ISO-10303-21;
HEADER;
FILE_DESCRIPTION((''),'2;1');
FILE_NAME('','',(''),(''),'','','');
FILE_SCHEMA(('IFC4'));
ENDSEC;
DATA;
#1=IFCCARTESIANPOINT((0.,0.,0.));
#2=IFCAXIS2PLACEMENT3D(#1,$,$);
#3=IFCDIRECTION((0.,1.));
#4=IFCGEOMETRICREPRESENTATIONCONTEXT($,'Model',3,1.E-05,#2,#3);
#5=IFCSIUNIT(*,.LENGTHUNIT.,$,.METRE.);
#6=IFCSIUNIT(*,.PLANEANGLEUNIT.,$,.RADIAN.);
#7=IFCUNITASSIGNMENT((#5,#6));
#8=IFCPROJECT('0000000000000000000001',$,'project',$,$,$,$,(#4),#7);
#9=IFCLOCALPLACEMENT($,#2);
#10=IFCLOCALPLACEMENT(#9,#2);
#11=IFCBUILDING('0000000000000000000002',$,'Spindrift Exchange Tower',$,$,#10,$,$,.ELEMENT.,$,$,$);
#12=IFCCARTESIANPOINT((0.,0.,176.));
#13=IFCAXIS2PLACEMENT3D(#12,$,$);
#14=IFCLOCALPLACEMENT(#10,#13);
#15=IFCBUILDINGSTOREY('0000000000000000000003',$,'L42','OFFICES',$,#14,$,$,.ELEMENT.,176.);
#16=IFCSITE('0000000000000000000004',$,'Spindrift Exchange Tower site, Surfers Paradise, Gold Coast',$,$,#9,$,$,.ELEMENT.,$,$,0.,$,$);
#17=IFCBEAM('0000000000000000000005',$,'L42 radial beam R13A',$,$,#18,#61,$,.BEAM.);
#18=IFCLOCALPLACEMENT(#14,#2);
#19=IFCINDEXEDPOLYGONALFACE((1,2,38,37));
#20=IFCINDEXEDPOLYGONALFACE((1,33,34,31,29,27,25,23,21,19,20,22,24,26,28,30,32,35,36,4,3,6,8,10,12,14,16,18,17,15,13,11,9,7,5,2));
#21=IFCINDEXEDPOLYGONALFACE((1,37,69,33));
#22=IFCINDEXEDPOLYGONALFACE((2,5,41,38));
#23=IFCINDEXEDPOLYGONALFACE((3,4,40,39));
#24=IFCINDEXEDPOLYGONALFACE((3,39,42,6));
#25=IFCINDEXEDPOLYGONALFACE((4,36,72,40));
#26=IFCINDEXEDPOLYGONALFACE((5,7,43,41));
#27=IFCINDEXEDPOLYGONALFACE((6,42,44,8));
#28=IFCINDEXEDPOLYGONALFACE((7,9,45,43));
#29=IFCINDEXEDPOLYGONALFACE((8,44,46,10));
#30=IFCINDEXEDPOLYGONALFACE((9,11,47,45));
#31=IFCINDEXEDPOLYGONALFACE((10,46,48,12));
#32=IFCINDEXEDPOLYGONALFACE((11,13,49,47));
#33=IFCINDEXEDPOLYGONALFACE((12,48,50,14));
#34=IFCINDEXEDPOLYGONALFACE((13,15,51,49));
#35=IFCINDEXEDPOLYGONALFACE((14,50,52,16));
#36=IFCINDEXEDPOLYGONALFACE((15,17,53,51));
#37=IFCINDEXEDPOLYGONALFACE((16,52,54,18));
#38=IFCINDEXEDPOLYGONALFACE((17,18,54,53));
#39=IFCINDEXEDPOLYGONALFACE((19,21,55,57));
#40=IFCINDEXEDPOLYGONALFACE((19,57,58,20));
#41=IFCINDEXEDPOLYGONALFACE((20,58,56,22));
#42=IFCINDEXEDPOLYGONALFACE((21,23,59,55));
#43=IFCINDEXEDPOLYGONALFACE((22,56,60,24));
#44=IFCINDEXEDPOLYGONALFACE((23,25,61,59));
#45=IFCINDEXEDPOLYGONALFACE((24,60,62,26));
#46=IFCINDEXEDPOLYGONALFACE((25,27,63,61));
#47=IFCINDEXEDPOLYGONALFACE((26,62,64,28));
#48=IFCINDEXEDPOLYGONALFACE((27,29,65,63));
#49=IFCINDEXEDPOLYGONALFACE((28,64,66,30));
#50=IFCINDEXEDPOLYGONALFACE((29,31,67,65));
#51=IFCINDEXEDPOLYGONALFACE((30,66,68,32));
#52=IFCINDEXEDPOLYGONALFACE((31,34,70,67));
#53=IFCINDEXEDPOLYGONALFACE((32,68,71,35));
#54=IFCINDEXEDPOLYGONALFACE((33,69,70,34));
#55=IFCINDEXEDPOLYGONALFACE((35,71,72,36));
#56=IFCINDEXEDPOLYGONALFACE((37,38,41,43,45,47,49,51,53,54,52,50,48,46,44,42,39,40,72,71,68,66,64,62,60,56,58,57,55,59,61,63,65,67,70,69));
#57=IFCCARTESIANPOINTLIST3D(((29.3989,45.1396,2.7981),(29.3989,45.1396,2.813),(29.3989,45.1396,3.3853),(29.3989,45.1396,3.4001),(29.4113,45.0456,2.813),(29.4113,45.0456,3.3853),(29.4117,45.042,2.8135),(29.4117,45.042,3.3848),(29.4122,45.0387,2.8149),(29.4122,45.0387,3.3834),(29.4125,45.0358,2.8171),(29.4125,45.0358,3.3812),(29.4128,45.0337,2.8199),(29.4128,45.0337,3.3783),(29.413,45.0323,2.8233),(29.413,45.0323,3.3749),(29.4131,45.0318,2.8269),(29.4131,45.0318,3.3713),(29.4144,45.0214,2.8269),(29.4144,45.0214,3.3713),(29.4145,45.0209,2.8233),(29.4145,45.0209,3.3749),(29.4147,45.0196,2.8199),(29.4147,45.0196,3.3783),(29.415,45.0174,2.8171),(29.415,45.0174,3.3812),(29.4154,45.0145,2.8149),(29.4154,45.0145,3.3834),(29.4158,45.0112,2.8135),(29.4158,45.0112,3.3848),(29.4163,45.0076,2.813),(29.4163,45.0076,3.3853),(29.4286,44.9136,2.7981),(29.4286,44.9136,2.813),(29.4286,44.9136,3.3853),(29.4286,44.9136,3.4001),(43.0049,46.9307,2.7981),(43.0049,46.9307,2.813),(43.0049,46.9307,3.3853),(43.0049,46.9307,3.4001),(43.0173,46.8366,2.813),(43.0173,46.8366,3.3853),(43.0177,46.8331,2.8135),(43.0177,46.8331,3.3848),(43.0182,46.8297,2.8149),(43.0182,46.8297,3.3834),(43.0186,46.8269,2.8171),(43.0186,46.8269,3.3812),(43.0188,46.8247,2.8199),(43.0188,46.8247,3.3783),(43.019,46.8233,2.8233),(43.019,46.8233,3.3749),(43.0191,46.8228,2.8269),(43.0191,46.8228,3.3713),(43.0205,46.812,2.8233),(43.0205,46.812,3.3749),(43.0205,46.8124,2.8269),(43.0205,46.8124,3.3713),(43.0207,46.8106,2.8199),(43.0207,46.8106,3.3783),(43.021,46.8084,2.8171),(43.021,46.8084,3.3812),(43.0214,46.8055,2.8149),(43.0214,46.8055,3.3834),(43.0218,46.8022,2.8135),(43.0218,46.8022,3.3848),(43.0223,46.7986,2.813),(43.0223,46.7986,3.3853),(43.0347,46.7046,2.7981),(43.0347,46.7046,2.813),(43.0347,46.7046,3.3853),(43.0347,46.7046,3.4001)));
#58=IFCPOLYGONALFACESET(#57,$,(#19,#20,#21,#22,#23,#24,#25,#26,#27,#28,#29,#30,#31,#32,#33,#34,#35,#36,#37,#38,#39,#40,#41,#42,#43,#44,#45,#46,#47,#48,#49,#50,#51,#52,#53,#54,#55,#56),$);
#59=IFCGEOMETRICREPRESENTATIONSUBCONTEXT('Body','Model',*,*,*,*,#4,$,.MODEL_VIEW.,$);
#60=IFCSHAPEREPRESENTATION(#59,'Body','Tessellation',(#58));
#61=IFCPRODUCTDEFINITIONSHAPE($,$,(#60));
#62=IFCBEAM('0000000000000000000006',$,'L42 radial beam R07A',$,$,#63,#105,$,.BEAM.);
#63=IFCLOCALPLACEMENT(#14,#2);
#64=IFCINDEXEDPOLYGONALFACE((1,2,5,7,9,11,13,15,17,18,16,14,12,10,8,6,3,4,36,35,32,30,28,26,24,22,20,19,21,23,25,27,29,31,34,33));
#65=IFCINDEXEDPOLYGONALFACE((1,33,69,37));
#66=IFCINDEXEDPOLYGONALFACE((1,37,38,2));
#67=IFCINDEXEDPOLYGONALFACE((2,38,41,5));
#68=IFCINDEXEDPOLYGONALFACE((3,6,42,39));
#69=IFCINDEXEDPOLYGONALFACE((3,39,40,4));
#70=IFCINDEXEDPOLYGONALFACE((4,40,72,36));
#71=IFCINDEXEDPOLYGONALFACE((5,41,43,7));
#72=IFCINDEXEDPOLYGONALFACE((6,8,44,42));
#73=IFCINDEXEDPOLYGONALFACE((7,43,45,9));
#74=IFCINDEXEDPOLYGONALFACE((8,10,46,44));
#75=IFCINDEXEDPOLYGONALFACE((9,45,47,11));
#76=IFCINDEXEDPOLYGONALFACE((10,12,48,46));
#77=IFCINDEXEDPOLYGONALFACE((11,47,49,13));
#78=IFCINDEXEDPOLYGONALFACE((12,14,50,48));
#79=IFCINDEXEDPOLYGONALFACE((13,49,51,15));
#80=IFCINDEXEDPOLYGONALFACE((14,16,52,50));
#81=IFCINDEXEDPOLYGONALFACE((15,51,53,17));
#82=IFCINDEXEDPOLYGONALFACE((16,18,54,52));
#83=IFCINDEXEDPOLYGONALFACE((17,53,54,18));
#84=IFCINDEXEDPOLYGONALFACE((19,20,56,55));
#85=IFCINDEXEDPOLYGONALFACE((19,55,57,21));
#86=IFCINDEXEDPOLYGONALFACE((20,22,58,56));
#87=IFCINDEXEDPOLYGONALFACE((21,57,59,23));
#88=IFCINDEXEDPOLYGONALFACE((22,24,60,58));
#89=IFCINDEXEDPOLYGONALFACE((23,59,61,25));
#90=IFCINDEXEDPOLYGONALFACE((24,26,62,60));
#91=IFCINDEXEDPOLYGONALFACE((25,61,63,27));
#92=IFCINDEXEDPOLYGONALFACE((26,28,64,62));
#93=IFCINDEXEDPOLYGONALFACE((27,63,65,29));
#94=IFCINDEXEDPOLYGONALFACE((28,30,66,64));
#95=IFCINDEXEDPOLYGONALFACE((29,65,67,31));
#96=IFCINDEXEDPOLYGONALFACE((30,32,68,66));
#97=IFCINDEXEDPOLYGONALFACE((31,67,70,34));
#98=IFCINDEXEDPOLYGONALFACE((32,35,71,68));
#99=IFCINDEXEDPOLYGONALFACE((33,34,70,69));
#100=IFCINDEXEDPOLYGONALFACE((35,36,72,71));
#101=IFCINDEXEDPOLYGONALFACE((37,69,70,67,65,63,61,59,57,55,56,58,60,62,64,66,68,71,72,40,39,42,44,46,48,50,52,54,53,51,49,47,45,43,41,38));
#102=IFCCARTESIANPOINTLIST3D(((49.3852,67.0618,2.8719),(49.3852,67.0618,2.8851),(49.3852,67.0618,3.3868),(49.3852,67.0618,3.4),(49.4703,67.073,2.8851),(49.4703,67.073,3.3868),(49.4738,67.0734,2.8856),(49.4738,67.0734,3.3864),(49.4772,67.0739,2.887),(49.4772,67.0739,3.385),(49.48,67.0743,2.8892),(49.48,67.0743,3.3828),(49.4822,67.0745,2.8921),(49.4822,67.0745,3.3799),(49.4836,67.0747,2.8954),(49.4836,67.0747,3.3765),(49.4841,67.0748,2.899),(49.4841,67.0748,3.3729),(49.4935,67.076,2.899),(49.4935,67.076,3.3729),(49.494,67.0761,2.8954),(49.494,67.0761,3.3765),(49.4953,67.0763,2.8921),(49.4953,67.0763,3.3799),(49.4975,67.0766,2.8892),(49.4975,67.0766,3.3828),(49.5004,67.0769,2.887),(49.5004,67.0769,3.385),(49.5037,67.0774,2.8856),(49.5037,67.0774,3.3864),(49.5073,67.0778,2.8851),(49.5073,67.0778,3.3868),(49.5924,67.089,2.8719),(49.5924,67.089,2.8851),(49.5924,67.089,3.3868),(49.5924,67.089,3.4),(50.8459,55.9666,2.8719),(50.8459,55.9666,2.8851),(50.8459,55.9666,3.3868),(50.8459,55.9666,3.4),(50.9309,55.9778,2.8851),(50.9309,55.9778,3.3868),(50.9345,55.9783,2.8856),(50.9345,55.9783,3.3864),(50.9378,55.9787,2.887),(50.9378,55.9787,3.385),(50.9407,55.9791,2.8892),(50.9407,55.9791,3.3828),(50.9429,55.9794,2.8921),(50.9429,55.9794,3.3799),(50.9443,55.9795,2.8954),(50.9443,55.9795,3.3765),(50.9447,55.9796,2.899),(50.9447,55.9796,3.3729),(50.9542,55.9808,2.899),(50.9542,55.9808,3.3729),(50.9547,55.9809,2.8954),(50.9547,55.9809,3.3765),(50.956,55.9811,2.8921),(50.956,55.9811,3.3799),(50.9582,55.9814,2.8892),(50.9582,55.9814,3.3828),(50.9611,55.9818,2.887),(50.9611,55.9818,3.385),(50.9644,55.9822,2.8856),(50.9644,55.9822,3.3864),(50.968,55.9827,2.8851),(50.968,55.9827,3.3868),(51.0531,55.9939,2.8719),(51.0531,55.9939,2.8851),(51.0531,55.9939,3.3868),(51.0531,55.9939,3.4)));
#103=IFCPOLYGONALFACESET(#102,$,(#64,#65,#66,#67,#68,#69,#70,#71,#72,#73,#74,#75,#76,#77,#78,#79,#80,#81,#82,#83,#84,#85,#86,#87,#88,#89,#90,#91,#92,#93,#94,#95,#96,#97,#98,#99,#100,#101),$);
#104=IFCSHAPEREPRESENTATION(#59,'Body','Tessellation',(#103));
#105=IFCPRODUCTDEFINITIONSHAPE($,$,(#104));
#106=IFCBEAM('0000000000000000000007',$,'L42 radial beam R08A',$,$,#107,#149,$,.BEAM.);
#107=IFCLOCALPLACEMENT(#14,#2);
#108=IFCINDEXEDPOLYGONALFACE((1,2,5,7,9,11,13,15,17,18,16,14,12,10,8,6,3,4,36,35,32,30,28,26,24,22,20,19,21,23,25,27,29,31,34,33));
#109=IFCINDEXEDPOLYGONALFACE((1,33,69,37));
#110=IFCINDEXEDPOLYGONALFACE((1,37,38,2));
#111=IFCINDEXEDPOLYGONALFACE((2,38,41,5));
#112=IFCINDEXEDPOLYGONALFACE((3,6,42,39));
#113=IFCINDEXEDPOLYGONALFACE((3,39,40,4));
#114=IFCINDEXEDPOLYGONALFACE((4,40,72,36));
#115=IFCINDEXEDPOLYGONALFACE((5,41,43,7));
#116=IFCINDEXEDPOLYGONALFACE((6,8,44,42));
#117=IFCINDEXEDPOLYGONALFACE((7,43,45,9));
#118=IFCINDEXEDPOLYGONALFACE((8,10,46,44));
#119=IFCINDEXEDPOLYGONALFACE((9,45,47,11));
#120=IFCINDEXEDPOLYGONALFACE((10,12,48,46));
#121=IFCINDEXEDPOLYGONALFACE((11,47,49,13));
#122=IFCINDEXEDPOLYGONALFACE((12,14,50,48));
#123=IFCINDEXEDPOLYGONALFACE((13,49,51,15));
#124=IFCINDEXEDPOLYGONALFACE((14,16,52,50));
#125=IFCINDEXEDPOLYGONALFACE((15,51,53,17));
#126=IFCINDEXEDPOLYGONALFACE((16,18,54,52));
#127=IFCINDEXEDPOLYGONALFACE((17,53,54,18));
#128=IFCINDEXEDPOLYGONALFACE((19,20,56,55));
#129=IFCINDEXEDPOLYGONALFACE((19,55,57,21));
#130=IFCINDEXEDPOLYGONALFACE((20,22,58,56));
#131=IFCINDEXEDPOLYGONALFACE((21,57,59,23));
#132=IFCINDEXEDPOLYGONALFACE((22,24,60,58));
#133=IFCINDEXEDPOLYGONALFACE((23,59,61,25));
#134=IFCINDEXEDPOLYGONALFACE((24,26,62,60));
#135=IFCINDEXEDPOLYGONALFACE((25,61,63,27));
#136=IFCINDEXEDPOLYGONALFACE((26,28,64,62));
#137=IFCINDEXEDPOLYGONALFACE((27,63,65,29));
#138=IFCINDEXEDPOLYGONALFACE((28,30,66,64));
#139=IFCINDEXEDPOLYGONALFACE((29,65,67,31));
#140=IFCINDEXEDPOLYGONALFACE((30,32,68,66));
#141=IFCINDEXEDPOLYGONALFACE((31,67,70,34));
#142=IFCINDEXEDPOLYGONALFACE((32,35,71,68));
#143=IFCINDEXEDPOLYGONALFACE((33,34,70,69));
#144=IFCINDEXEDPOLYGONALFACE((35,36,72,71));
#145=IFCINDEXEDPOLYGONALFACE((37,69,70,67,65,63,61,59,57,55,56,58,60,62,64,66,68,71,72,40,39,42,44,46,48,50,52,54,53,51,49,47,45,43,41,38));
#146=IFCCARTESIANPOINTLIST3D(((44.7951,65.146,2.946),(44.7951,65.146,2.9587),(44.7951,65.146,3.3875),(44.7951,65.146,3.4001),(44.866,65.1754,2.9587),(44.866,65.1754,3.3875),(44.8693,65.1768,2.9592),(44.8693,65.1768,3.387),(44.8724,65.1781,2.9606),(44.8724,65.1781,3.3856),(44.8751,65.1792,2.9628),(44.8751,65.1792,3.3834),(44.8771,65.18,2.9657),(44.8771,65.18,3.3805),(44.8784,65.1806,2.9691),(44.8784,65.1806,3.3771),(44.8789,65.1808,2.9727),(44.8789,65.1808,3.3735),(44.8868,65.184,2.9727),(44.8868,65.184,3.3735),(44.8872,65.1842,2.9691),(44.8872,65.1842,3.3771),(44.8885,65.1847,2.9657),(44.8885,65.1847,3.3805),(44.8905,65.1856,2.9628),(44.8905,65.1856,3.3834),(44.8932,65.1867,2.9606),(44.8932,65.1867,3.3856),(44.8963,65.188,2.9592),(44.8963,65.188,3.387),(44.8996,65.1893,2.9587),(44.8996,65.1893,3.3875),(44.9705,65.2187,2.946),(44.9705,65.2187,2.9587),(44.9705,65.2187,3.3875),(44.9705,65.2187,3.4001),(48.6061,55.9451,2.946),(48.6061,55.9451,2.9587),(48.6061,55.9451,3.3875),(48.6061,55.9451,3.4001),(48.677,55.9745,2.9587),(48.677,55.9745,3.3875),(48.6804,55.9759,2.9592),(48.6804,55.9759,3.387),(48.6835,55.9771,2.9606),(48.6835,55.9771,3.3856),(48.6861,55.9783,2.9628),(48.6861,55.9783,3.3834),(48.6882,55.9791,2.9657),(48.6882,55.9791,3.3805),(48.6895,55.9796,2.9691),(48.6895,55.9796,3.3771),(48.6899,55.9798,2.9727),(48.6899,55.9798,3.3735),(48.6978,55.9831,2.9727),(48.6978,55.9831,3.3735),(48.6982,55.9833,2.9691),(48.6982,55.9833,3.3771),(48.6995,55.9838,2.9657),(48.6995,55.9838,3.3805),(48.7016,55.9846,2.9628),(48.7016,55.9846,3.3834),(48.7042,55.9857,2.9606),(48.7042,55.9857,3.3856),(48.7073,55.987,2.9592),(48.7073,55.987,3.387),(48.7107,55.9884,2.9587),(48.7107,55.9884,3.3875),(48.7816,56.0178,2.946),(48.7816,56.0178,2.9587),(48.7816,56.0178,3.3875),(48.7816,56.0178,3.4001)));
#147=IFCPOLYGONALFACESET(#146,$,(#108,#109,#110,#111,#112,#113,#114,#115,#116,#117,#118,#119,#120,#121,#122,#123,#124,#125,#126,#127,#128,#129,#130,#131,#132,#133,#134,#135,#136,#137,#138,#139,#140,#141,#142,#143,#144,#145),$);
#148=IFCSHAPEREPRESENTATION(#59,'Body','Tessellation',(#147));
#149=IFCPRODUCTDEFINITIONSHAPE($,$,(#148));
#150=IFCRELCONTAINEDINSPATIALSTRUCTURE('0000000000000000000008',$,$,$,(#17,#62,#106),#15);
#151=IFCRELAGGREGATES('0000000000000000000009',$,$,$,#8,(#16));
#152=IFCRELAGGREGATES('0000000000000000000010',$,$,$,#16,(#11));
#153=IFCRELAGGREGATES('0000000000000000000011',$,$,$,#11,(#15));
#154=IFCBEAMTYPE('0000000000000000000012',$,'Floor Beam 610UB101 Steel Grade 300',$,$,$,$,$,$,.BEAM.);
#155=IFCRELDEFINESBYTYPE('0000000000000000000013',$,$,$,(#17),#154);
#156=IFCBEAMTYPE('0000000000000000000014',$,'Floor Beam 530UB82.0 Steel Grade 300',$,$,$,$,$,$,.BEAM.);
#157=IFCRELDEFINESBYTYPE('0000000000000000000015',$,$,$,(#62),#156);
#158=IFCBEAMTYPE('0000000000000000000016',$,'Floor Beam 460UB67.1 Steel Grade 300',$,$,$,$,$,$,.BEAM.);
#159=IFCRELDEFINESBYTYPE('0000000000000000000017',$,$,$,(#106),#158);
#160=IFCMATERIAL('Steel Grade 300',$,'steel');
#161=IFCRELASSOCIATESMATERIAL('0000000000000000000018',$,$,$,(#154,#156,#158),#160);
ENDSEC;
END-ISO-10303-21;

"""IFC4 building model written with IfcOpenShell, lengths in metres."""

from ifc_helpers import new_model, si_unit, direction, frame, origin, origin_2d, place, context, subcontext, project, spatial, i_section, extrude, source, transform, mapped, material, material_profile, profile_set, type_object, element, save


model = new_model("IFC4")

# Units and contexts
model_context = context("Model", 3, precision=1e-05, world=origin(), true_north=direction((0.0, 1.0)))
body_context = subcontext(model_context, "Body", "Model", "MODEL_VIEW")
ifc_project = project(units=[si_unit("LENGTHUNIT", "METRE"), si_unit("PLANEANGLEUNIT", "RADIAN")], contexts=[model_context])

# Site, building, storey
site_placement = place(None, origin())
site = spatial("IfcSite", under=ifc_project, at=site_placement, Name="Spindrift Exchange Tower site, Surfers Paradise, Gold Coast", CompositionType="ELEMENT", RefElevation=0.0)
building_placement = place(site_placement, origin())
building = spatial("IfcBuilding", under=site, at=building_placement, Name="Spindrift Exchange Tower", CompositionType="ELEMENT")
storey_placement = place(building_placement, frame((0.0, 0.0, 176.0)))
storey = spatial("IfcBuildingStorey", under=building, at=storey_placement, Name="L42", Description="OFFICES", CompositionType="ELEMENT", Elevation=176.0)

# Beams
ifc_material_1 = material(Name="Steel Grade 300", Category="steel")
ifc_material_profile_1 = material_profile(ifc_material_1, i_section(OverallWidth=0.228, OverallDepth=0.6021, WebThickness=0.0105, FlangeThickness=0.0149, FilletRadius=0.0139, at=origin_2d()), Name="610UB101")
ifc_profile_set_1 = profile_set([ifc_material_profile_1], Name="Steel Grade 300")
beam_type_1 = type_object("IfcBeamType", Name="Floor Beam 610UB101 Steel Grade 300", PredefinedType="BEAM", material=ifc_profile_set_1)
shared_shape_1 = source(origin(), body_context, "Body", "SweptSolid", [
    extrude(i_section(OverallWidth=0.228, OverallDepth=0.6021, WebThickness=0.0105, FlangeThickness=0.0149, FilletRadius=0.0139, at=origin_2d()), origin(), (0.0, 0.0, 1.0), 13.7234),
])
beam_1_placement = place(storey_placement, frame((43.0198, 46.8176, 3.0991), z_axis=(-0.991447, -0.130509, 0.0), x_axis=(0.130509, -0.991447, 0.0)))
element("IfcBeam", 1, at=beam_1_placement, inside=storey, type_object=beam_type_1, Name="L42 radial beam R13A", PredefinedType="BEAM", context=body_context, shape_type="MappedRepresentation", body=[
    mapped(shared_shape_1, transform((0.0, 0.0, 0.0), scale=1.0)),
])
ifc_material_profile_2 = material_profile(ifc_material_1, i_section(OverallWidth=0.209, OverallDepth=0.5281, WebThickness=0.0095, FlangeThickness=0.0132, FilletRadius=0.0139, at=origin_2d()), Name="530UB82.0")
ifc_profile_set_2 = profile_set([ifc_material_profile_2], Name="Steel Grade 300")
beam_type_2 = type_object("IfcBeamType", Name="Floor Beam 530UB82.0 Steel Grade 300", PredefinedType="BEAM", material=ifc_profile_set_2)
shared_shape_2 = source(origin(), body_context, "Body", "SweptSolid", [
    extrude(i_section(OverallWidth=0.209, OverallDepth=0.5281, WebThickness=0.0095, FlangeThickness=0.0132, FilletRadius=0.0139, at=origin_2d()), origin(), (0.0, 0.0, 1.0), 11.1909),
])
beam_2_placement = place(storey_placement, frame((50.9495, 55.9802, 3.136), z_axis=(-0.130524, 0.991445, 0.0), x_axis=(-0.991445, -0.130524, 0.0)))
element("IfcBeam", 2, at=beam_2_placement, inside=storey, type_object=beam_type_2, Name="L42 radial beam R07A", PredefinedType="BEAM", context=body_context, shape_type="MappedRepresentation", body=[
    mapped(shared_shape_2, transform((0.0, 0.0, 0.0), scale=1.0)),
])
ifc_material_profile_3 = material_profile(ifc_material_1, i_section(OverallWidth=0.1899, OverallDepth=0.4541, WebThickness=0.0085, FlangeThickness=0.0127, FilletRadius=0.0139, at=origin_2d()), Name="460UB67.1")
ifc_profile_set_3 = profile_set([ifc_material_profile_3], Name="Steel Grade 300")
beam_type_3 = type_object("IfcBeamType", Name="Floor Beam 460UB67.1 Steel Grade 300", PredefinedType="BEAM", material=ifc_profile_set_3)
shared_shape_3 = source(origin(), body_context, "Body", "SweptSolid", [
    extrude(i_section(OverallWidth=0.1899, OverallDepth=0.4541, WebThickness=0.0085, FlangeThickness=0.0127, FilletRadius=0.0139, at=origin_2d()), origin(), (0.0, 0.0, 1.0), 9.959),
])
beam_3_placement = place(storey_placement, frame((48.6938, 55.9814, 3.1731), z_axis=(-0.382674, 0.923884, 0.0), x_axis=(-0.923884, -0.382674, 0.0)))
element("IfcBeam", 3, at=beam_3_placement, inside=storey, type_object=beam_type_3, Name="L42 radial beam R08A", PredefinedType="BEAM", context=body_context, shape_type="MappedRepresentation", body=[
    mapped(shared_shape_3, transform((0.0, 0.0, 0.0), scale=1.0)),
])

save(model, "model.ifc")
